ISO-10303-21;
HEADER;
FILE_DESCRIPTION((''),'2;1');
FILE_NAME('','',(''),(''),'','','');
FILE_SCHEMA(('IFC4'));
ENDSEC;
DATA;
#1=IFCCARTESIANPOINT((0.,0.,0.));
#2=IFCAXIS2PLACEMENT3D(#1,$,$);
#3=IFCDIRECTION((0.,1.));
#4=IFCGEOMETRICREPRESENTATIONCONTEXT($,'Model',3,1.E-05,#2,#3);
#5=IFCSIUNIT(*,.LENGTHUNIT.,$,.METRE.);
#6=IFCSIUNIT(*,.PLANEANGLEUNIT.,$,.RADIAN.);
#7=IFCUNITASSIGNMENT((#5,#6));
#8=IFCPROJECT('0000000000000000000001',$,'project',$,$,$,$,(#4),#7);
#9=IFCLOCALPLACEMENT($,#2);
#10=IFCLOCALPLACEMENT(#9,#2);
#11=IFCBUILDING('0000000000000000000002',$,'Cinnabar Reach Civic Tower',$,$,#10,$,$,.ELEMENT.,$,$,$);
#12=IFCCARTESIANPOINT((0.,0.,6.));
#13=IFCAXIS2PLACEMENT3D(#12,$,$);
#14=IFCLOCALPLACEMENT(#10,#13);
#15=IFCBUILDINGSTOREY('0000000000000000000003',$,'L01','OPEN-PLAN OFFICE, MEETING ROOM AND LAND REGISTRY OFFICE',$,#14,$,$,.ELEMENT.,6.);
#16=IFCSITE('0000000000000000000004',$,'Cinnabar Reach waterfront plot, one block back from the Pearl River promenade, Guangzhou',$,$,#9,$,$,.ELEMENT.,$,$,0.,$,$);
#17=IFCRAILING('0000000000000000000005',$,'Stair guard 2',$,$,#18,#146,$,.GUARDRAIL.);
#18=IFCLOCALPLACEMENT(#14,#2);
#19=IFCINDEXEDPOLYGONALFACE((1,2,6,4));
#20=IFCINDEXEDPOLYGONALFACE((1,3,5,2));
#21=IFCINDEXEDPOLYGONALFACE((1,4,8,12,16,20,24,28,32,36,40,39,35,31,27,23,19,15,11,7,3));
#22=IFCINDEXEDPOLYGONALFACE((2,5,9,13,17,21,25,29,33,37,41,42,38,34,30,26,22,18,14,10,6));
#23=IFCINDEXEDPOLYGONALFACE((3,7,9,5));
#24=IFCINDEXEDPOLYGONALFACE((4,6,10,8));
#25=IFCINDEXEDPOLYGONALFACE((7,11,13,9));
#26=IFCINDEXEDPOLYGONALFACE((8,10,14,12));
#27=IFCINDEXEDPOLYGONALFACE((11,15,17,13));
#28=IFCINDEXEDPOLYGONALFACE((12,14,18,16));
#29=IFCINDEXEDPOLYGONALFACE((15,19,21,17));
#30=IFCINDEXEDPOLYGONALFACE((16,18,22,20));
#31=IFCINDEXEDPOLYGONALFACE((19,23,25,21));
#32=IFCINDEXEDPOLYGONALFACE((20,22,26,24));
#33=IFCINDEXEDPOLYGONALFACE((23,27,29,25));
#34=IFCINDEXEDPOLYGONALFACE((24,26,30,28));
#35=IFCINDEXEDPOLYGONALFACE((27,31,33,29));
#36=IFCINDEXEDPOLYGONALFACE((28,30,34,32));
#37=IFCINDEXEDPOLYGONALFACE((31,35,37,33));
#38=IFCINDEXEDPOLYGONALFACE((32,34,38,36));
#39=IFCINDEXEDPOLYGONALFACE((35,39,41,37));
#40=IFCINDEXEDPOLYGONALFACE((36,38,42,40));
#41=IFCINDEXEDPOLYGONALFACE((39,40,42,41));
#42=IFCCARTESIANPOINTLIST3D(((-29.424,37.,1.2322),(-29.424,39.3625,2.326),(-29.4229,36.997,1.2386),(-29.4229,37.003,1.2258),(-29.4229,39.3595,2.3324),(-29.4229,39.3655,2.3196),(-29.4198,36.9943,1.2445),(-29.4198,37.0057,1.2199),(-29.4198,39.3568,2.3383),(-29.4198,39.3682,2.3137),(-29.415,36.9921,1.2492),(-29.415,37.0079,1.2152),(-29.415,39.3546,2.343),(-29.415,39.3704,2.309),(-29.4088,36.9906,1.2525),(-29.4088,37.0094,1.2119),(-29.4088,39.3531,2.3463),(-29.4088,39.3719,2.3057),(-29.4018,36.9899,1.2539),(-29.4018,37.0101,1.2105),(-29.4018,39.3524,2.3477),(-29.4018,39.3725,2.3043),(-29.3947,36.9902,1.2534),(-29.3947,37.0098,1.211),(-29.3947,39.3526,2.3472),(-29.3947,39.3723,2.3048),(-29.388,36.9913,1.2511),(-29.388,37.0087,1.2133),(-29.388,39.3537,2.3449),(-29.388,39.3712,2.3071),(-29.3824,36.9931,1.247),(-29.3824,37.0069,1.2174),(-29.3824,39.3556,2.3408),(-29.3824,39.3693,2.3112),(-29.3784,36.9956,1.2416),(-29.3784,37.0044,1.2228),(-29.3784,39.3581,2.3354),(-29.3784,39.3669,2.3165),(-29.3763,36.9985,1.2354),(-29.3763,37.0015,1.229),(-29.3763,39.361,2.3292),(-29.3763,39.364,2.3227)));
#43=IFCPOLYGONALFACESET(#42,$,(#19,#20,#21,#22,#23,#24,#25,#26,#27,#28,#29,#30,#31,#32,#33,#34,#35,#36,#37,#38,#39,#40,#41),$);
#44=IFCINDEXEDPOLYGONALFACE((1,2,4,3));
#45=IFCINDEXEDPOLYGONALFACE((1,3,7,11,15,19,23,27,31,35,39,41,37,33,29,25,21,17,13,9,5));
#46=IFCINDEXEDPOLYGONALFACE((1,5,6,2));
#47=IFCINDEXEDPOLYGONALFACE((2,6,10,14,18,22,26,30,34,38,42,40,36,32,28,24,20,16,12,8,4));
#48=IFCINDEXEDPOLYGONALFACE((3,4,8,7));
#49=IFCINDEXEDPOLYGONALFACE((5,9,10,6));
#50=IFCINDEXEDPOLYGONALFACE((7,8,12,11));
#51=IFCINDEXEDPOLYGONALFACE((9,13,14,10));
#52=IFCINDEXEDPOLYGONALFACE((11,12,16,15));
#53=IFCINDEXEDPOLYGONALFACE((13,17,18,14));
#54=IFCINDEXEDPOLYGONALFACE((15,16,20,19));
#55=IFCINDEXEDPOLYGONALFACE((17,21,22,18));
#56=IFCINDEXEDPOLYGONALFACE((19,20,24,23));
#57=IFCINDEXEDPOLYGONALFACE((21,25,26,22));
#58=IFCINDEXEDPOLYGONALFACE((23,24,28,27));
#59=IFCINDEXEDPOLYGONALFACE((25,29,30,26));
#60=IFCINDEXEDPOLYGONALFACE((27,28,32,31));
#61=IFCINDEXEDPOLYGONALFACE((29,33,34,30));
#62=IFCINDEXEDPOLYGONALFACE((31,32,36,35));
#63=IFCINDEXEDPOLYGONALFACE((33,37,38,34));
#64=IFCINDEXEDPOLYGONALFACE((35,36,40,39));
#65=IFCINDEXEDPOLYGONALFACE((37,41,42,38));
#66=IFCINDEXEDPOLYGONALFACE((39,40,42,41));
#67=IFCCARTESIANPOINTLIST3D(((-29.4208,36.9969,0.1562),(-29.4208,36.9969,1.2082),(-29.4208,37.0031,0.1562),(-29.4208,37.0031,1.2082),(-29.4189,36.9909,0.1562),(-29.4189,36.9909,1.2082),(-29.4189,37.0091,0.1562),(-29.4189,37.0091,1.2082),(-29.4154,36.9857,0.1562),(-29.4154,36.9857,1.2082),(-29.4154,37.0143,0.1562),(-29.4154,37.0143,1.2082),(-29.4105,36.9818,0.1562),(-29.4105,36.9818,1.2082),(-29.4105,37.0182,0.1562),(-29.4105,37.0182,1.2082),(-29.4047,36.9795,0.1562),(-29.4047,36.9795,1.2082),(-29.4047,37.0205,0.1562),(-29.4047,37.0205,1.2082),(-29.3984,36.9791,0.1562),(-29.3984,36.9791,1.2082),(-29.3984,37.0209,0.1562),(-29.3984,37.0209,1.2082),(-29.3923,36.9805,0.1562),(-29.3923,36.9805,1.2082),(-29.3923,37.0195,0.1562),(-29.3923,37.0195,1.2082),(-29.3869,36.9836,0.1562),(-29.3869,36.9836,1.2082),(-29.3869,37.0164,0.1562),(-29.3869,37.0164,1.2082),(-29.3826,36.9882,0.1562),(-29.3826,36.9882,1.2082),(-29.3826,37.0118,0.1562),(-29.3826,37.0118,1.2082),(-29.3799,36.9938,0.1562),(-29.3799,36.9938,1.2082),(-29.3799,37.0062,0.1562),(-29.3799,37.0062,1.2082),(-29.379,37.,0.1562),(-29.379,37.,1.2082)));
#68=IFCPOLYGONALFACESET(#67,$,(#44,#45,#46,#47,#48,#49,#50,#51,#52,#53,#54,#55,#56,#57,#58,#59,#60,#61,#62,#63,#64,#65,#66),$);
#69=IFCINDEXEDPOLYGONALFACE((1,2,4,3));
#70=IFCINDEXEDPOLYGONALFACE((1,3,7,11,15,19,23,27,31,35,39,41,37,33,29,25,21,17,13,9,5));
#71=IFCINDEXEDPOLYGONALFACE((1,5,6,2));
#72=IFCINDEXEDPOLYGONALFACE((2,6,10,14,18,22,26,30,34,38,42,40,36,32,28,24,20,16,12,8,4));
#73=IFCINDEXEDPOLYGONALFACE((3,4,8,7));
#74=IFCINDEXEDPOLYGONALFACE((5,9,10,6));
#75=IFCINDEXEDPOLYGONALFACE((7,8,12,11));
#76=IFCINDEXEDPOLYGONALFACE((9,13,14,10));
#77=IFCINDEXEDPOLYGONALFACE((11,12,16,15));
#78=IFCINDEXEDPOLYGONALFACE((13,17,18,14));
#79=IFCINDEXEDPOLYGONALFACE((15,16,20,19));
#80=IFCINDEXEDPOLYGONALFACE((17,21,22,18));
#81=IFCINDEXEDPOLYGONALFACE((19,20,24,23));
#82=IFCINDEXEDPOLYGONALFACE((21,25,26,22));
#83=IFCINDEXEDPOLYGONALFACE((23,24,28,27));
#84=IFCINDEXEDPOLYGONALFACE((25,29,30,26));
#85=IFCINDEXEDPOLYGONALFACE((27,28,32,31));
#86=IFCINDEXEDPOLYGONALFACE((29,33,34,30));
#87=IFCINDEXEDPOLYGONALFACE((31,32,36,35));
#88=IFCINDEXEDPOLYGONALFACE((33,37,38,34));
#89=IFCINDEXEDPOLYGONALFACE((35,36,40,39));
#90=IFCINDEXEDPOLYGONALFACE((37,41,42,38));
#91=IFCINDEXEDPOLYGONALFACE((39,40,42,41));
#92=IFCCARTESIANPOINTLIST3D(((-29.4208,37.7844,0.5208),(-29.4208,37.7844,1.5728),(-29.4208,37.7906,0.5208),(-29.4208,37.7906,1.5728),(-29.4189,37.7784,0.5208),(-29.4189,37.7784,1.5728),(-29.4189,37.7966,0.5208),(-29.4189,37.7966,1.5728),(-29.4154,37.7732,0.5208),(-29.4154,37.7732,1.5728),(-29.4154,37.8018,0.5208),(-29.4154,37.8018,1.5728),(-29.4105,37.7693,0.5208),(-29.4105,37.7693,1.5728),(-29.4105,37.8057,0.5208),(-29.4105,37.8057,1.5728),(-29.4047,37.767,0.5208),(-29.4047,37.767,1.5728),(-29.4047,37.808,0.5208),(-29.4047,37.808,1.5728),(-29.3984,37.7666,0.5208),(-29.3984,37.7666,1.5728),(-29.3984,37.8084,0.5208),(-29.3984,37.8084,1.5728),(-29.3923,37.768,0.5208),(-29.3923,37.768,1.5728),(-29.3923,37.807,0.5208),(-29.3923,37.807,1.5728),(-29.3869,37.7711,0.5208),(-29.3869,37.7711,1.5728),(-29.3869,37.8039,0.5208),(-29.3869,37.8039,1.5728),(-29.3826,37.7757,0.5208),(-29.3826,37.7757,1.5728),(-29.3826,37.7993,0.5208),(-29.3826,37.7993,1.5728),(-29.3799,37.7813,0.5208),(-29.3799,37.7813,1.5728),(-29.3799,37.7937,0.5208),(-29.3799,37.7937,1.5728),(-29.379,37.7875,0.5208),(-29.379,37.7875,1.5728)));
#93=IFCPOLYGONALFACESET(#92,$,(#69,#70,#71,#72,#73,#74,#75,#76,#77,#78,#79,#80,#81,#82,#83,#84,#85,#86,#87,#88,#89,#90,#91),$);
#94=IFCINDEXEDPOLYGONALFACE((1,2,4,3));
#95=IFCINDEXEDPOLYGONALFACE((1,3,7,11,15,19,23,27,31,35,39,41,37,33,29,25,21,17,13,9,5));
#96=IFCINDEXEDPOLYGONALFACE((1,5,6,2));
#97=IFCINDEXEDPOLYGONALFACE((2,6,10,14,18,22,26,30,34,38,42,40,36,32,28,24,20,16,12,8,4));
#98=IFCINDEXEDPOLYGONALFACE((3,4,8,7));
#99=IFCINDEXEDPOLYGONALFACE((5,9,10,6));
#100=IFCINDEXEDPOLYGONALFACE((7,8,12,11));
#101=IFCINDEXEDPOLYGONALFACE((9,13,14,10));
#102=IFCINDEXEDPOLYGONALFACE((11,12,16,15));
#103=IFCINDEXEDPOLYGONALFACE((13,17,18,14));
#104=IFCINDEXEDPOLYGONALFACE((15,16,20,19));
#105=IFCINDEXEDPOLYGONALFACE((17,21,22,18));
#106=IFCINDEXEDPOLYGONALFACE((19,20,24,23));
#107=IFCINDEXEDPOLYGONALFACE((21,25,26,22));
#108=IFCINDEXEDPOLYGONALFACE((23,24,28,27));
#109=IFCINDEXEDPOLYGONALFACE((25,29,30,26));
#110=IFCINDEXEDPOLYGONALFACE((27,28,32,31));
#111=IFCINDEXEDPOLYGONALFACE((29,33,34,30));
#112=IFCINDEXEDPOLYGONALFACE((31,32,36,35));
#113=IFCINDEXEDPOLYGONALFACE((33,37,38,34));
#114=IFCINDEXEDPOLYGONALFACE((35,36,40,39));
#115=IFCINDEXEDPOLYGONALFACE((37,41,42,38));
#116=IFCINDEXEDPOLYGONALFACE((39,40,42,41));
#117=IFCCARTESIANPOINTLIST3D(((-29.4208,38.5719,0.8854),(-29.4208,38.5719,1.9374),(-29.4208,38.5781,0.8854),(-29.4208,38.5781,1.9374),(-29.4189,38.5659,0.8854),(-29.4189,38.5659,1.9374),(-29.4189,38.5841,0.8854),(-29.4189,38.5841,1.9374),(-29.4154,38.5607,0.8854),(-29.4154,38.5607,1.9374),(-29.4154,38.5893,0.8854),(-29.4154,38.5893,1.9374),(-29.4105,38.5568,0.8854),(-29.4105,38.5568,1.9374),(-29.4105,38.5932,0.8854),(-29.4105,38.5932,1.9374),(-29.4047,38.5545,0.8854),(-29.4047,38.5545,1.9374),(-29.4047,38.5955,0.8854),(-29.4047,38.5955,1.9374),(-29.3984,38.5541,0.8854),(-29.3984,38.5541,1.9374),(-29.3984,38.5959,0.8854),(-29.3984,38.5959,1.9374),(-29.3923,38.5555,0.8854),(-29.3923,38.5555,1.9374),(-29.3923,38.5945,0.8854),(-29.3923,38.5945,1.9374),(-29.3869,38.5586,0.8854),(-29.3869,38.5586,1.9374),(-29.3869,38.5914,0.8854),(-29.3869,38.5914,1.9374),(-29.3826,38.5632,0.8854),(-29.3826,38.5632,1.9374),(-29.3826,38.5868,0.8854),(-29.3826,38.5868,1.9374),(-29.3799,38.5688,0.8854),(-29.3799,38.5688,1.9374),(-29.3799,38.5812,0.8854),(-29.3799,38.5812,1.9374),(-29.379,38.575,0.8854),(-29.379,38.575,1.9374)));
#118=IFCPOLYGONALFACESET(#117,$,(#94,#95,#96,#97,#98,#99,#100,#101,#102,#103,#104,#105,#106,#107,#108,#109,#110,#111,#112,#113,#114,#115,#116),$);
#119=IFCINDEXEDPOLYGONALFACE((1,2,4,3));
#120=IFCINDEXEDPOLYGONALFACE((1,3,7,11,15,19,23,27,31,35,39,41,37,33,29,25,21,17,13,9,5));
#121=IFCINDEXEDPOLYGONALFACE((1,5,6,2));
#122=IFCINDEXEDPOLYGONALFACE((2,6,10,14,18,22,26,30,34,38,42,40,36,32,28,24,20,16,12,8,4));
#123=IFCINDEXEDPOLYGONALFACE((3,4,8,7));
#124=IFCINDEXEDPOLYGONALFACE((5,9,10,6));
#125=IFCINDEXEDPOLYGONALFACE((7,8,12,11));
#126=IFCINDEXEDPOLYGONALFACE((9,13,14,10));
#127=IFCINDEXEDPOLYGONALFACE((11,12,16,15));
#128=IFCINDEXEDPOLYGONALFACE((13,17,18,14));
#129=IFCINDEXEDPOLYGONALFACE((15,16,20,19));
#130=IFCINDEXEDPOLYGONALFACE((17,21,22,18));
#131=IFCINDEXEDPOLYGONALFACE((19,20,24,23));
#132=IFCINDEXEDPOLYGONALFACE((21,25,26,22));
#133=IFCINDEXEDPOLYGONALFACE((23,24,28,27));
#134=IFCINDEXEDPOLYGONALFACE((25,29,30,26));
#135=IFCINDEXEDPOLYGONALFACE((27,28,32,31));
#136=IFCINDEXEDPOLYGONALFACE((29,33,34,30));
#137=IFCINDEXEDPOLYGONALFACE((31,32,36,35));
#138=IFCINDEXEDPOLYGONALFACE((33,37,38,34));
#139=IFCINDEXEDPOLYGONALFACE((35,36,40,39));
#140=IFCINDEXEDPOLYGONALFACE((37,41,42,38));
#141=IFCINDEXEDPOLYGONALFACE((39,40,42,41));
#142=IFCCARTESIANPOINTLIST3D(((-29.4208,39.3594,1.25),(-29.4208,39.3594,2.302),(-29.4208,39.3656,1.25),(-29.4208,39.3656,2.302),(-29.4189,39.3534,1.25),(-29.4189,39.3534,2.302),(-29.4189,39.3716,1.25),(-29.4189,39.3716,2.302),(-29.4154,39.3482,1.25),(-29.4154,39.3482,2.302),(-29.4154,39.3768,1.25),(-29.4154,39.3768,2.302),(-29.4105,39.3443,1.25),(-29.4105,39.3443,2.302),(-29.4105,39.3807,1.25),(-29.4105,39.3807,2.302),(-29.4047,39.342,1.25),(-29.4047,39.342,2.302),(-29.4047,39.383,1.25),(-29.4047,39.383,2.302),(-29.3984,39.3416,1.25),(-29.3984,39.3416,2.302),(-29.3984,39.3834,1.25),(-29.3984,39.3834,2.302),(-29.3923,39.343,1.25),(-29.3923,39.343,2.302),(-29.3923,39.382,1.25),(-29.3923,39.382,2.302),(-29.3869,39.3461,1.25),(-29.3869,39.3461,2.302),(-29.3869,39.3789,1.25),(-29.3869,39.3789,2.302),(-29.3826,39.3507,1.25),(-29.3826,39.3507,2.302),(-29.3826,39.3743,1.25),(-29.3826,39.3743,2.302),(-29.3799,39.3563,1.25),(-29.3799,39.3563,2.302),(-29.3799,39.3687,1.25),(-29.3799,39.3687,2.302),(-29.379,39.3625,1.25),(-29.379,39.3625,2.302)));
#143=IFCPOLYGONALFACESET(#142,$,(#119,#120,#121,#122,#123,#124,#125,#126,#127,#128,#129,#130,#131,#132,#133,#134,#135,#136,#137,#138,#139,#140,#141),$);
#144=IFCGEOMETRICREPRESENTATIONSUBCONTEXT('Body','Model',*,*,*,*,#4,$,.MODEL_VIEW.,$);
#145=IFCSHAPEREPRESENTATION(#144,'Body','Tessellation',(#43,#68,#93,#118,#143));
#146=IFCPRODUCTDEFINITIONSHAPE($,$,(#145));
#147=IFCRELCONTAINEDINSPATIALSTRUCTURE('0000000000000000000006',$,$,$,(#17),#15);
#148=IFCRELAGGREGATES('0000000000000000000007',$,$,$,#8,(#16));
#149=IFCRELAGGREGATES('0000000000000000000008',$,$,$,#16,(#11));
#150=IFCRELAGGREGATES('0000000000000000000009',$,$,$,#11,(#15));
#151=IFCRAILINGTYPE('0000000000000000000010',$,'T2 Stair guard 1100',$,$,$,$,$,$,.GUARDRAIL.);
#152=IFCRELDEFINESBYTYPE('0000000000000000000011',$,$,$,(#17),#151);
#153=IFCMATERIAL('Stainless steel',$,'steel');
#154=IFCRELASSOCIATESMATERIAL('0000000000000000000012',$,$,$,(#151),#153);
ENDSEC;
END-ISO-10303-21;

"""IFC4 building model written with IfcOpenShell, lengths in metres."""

from ifc_helpers import new_model, si_unit, direction, frame, origin, origin_2d, place, context, subcontext, project, spatial, circle, extrude, material, type_object, element, save


model = new_model("IFC4")

# Units and contexts
model_context = context("Model", 3, precision=1e-05, world=origin(), true_north=direction((0.0, 1.0)))
body_context = subcontext(model_context, "Body", "Model", "MODEL_VIEW")
ifc_project = project(units=[si_unit("LENGTHUNIT", "METRE"), si_unit("PLANEANGLEUNIT", "RADIAN")], contexts=[model_context])

# Site, building, storey
site_placement = place(None, origin())
site = spatial("IfcSite", under=ifc_project, at=site_placement, Name="Cinnabar Reach waterfront plot, one block back from the Pearl River promenade, Guangzhou", CompositionType="ELEMENT", RefElevation=0.0)
building_placement = place(site_placement, origin())
building = spatial("IfcBuilding", under=site, at=building_placement, Name="Cinnabar Reach Civic Tower", CompositionType="ELEMENT")
storey_placement = place(building_placement, frame((0.0, 0.0, 6.0)))
storey = spatial("IfcBuildingStorey", under=building, at=storey_placement, Name="L01", Description="OPEN-PLAN OFFICE, MEETING ROOM AND LAND REGISTRY OFFICE", CompositionType="ELEMENT", Elevation=6.0)

# Railing
ifc_material_1 = material(Name="Stainless steel", Category="steel")
railing_type = type_object("IfcRailingType", Name="T2 Stair guard 1100", PredefinedType="GUARDRAIL", material=ifc_material_1)
railing_1_placement = place(storey_placement, frame((-29.4, 37.0, 0.1562)))
element("IfcRailing", 1, at=railing_1_placement, inside=storey, type_object=railing_type, Name="Stair guard 2", PredefinedType="GUARDRAIL", context=body_context, shape_type="SweptSolid", body=[
    extrude(circle(Radius=0.024, at=origin_2d()), frame((0.0, 0.0, 1.076), z_axis=(0.0, 0.90746, 0.420139), x_axis=(-1.0, 0.0, 0.0)), (0.0, 0.0, 1.0), 2.6034),
    extrude(circle(Radius=0.021, at=origin_2d()), origin(), (0.0, 0.0, 1.0), 1.052),
    extrude(circle(Radius=0.021, at=origin_2d()), frame((0.0, 0.7875, 0.3646)), (0.0, 0.0, 1.0), 1.052),
    extrude(circle(Radius=0.021, at=origin_2d()), frame((0.0, 1.575, 0.7292)), (0.0, 0.0, 1.0), 1.052),
    extrude(circle(Radius=0.021, at=origin_2d()), frame((0.0, 2.3625, 1.0938)), (0.0, 0.0, 1.0), 1.052),
])

save(model, "model.ifc")
